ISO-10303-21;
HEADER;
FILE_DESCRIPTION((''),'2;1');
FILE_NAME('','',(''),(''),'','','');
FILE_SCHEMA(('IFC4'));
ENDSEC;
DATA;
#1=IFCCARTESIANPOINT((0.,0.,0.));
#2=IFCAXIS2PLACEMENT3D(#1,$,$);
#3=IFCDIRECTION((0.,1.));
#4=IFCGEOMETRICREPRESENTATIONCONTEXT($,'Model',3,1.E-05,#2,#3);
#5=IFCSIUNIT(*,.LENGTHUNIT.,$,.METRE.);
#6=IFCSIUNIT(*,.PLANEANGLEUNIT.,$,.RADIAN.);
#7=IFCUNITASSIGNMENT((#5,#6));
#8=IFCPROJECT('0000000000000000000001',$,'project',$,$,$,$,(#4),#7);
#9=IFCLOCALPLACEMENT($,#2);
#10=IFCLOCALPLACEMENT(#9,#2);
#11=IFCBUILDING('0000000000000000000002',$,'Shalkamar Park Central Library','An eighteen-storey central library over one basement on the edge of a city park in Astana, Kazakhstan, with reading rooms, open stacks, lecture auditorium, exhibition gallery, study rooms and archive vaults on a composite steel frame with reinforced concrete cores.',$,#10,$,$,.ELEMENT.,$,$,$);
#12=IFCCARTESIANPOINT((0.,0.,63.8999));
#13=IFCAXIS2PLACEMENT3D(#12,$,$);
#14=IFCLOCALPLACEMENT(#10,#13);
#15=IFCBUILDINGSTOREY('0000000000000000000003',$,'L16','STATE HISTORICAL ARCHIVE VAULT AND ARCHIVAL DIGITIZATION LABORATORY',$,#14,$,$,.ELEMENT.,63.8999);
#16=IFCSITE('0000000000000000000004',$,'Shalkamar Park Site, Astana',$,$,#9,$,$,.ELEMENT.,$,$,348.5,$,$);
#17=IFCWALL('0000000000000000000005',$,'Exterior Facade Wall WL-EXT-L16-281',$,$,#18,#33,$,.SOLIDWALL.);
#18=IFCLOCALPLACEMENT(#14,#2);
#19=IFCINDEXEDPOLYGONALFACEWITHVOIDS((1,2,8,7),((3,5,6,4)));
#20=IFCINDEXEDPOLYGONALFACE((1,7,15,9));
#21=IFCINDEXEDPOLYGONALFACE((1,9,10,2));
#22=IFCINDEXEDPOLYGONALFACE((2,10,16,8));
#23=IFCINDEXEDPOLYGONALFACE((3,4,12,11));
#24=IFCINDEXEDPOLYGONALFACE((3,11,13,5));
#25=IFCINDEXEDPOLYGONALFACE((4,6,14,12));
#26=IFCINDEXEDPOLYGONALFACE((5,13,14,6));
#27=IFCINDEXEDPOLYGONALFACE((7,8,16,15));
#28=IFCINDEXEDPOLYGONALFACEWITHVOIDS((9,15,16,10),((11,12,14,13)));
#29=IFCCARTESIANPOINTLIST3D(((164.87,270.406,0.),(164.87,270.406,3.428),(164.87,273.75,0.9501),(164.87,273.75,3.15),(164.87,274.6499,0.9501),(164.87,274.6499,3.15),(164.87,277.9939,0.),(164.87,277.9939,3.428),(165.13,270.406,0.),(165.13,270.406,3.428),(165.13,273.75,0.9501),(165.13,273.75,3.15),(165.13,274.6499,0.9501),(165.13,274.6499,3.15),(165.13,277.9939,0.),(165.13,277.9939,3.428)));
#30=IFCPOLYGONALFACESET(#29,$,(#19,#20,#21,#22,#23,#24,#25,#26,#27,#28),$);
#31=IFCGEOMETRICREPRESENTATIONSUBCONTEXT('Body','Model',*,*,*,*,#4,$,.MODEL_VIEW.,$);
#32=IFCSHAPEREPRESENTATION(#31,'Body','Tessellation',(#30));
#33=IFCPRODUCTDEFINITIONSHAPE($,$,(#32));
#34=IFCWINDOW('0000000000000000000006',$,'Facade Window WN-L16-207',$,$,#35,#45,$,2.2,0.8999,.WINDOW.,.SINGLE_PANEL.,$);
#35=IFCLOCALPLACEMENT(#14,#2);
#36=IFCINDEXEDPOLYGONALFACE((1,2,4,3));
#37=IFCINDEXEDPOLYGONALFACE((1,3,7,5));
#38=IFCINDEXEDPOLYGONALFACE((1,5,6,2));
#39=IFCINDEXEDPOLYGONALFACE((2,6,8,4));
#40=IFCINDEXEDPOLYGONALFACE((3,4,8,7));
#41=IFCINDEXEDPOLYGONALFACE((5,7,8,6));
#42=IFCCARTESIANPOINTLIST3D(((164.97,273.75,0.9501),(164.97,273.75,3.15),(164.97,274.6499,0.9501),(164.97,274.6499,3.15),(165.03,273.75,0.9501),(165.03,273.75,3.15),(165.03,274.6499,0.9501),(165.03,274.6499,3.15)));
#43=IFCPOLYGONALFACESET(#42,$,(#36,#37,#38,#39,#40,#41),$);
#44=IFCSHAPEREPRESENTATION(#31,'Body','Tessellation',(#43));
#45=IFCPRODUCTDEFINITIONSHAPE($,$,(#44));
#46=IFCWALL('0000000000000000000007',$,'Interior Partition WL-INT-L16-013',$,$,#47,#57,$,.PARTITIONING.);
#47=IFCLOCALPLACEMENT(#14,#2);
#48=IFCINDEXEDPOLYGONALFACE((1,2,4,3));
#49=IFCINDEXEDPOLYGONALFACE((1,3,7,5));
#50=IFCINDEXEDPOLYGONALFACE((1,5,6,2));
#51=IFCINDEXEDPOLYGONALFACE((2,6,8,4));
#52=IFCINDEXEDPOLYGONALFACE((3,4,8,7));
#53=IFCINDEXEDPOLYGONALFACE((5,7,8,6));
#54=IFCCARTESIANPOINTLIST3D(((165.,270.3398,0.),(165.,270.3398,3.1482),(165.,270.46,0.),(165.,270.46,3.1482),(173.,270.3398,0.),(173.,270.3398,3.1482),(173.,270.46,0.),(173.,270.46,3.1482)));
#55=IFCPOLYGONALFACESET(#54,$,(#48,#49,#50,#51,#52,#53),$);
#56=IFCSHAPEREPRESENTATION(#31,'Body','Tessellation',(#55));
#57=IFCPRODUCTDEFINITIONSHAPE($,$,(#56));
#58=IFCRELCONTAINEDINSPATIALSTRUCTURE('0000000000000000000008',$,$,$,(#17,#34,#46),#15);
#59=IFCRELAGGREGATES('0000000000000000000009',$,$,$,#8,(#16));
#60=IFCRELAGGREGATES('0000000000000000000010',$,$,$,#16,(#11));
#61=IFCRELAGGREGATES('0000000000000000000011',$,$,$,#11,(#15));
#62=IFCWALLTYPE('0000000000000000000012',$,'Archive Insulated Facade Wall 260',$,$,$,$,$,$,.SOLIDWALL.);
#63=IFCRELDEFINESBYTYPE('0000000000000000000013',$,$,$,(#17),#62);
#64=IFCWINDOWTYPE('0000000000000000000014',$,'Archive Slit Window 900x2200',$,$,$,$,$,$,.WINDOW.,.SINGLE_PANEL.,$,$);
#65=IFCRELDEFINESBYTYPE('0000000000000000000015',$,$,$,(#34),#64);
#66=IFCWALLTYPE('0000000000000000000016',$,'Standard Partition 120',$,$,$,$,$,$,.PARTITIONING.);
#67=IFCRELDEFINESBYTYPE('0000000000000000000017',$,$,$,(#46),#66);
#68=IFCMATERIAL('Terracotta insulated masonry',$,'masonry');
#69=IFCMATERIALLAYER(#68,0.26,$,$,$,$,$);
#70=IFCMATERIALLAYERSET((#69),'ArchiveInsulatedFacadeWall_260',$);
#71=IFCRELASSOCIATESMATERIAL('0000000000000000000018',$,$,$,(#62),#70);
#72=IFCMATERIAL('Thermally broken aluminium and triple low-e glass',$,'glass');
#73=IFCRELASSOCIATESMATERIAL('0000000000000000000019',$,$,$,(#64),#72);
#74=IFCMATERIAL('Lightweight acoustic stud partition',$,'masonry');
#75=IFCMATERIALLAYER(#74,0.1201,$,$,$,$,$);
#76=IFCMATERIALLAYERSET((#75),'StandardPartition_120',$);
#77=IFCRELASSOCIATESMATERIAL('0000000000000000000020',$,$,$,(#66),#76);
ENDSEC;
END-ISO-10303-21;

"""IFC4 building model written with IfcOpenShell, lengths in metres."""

from ifc_helpers import new_model, si_unit, direction, frame, frame_2d, origin, place, context, subcontext, project, spatial, rectangle, extrude, material, layer, layer_set, type_object, element, fill, save


model = new_model("IFC4")

# Units and contexts
model_context = context("Model", 3, precision=1e-05, world=origin(), true_north=direction((0.0, 1.0)))
body_context = subcontext(model_context, "Body", "Model", "MODEL_VIEW")
ifc_project = project(units=[si_unit("LENGTHUNIT", "METRE"), si_unit("PLANEANGLEUNIT", "RADIAN")], contexts=[model_context])

# Site, building, storey
site_placement = place(None, origin())
site = spatial("IfcSite", under=ifc_project, at=site_placement, Name="Shalkamar Park Site, Astana", CompositionType="ELEMENT", RefElevation=348.5)
building_placement = place(site_placement, origin())
building = spatial("IfcBuilding", under=site, at=building_placement, Name="Shalkamar Park Central Library", Description="An eighteen-storey central library over one basement on the edge of a city park in Astana, Kazakhstan, with reading rooms, open stacks, lecture auditorium, exhibition gallery, study rooms and archive vaults on a composite steel frame with reinforced concrete cores.", CompositionType="ELEMENT")
storey_placement = place(building_placement, frame((0.0, 0.0, 63.8999)))
storey = spatial("IfcBuildingStorey", under=building, at=storey_placement, Name="L16", Description="STATE HISTORICAL ARCHIVE VAULT AND ARCHIVAL DIGITIZATION LABORATORY", CompositionType="ELEMENT", Elevation=63.8999)

# Wall, opening, window
ifc_material_1 = material(Name="Terracotta insulated masonry", Category="masonry")
ifc_layer_1 = layer(ifc_material_1, 0.26)
ifc_layer_set_1 = layer_set([ifc_layer_1], Name="ArchiveInsulatedFacadeWall_260")
wall_type_1 = type_object("IfcWallType", Name="Archive Insulated Facade Wall 260", PredefinedType="SOLIDWALL", material=ifc_layer_set_1)
wall_1_placement = place(storey_placement, frame((165.0, 270.406, 0.0), z_axis=(0.0, 0.0, 1.0), x_axis=(0.0, 1.0, 0.0)))
wall_1 = element("IfcWall", 1, at=wall_1_placement, inside=storey, type_object=wall_type_1, Name="Exterior Facade Wall WL-EXT-L16-281", PredefinedType="SOLIDWALL", context=body_context, shape_type="SweptSolid", body=[
    extrude(rectangle(XDim=7.5879, YDim=0.26, at=frame_2d((3.7939, 0.0))), origin(), (0.0, 0.0, 1.0), 3.428),
])
opening_placement = place(wall_1_placement, frame((3.344, 0.0, 0.95)))
opening = element("IfcOpeningElement", 2, at=opening_placement, cuts=wall_1, PredefinedType="OPENING", context=body_context, shape_type="SweptSolid", body=[
    extrude(rectangle(XDim=0.8999, YDim=2.2, at=frame_2d((0.45, 1.1001))), frame((0.0, 0.145, 0.0), z_axis=(0.0, -1.0, 0.0), x_axis=(1.0, 0.0, 0.0)), (0.0, 0.0, 1.0), 0.2898),
])
ifc_material_2 = material(Name="Thermally broken aluminium and triple low-e glass", Category="glass")
window_type = type_object("IfcWindowType", Name="Archive Slit Window 900x2200", PartitioningType="SINGLE_PANEL", PredefinedType="WINDOW", material=ifc_material_2)
window_placement = place(opening_placement, origin())
window = element("IfcWindow", 3, at=window_placement, inside=storey, type_object=window_type, Name="Facade Window WN-L16-207", OverallHeight=2.2, OverallWidth=0.8999, PartitioningType="SINGLE_PANEL", PredefinedType="WINDOW", context=body_context, shape_type="SweptSolid", body=[
    extrude(rectangle(XDim=0.8999, YDim=2.2, at=frame_2d((0.45, 1.1001))), frame((0.0, 0.03, 0.0), z_axis=(0.0, -1.0, 0.0), x_axis=(1.0, 0.0, 0.0)), (0.0, 0.0, 1.0), 0.0601),
])
fill(opening, window)

# Wall
ifc_material_3 = material(Name="Lightweight acoustic stud partition", Category="masonry")
ifc_layer_2 = layer(ifc_material_3, 0.1201)
ifc_layer_set_2 = layer_set([ifc_layer_2], Name="StandardPartition_120")
wall_type_2 = type_object("IfcWallType", Name="Standard Partition 120", PredefinedType="PARTITIONING", material=ifc_layer_set_2)
wall_2_placement = place(storey_placement, frame((165.0, 270.3999, 0.0), z_axis=(0.0, 0.0, 1.0), x_axis=(1.0, 0.0, 0.0)))
element("IfcWall", 4, at=wall_2_placement, inside=storey, type_object=wall_type_2, Name="Interior Partition WL-INT-L16-013", PredefinedType="PARTITIONING", context=body_context, shape_type="SweptSolid", body=[
    extrude(rectangle(XDim=8.0, YDim=0.1201, at=frame_2d((4.0, 0.0))), origin(), (0.0, 0.0, 1.0), 3.1482),
])

save(model, "model.ifc")
